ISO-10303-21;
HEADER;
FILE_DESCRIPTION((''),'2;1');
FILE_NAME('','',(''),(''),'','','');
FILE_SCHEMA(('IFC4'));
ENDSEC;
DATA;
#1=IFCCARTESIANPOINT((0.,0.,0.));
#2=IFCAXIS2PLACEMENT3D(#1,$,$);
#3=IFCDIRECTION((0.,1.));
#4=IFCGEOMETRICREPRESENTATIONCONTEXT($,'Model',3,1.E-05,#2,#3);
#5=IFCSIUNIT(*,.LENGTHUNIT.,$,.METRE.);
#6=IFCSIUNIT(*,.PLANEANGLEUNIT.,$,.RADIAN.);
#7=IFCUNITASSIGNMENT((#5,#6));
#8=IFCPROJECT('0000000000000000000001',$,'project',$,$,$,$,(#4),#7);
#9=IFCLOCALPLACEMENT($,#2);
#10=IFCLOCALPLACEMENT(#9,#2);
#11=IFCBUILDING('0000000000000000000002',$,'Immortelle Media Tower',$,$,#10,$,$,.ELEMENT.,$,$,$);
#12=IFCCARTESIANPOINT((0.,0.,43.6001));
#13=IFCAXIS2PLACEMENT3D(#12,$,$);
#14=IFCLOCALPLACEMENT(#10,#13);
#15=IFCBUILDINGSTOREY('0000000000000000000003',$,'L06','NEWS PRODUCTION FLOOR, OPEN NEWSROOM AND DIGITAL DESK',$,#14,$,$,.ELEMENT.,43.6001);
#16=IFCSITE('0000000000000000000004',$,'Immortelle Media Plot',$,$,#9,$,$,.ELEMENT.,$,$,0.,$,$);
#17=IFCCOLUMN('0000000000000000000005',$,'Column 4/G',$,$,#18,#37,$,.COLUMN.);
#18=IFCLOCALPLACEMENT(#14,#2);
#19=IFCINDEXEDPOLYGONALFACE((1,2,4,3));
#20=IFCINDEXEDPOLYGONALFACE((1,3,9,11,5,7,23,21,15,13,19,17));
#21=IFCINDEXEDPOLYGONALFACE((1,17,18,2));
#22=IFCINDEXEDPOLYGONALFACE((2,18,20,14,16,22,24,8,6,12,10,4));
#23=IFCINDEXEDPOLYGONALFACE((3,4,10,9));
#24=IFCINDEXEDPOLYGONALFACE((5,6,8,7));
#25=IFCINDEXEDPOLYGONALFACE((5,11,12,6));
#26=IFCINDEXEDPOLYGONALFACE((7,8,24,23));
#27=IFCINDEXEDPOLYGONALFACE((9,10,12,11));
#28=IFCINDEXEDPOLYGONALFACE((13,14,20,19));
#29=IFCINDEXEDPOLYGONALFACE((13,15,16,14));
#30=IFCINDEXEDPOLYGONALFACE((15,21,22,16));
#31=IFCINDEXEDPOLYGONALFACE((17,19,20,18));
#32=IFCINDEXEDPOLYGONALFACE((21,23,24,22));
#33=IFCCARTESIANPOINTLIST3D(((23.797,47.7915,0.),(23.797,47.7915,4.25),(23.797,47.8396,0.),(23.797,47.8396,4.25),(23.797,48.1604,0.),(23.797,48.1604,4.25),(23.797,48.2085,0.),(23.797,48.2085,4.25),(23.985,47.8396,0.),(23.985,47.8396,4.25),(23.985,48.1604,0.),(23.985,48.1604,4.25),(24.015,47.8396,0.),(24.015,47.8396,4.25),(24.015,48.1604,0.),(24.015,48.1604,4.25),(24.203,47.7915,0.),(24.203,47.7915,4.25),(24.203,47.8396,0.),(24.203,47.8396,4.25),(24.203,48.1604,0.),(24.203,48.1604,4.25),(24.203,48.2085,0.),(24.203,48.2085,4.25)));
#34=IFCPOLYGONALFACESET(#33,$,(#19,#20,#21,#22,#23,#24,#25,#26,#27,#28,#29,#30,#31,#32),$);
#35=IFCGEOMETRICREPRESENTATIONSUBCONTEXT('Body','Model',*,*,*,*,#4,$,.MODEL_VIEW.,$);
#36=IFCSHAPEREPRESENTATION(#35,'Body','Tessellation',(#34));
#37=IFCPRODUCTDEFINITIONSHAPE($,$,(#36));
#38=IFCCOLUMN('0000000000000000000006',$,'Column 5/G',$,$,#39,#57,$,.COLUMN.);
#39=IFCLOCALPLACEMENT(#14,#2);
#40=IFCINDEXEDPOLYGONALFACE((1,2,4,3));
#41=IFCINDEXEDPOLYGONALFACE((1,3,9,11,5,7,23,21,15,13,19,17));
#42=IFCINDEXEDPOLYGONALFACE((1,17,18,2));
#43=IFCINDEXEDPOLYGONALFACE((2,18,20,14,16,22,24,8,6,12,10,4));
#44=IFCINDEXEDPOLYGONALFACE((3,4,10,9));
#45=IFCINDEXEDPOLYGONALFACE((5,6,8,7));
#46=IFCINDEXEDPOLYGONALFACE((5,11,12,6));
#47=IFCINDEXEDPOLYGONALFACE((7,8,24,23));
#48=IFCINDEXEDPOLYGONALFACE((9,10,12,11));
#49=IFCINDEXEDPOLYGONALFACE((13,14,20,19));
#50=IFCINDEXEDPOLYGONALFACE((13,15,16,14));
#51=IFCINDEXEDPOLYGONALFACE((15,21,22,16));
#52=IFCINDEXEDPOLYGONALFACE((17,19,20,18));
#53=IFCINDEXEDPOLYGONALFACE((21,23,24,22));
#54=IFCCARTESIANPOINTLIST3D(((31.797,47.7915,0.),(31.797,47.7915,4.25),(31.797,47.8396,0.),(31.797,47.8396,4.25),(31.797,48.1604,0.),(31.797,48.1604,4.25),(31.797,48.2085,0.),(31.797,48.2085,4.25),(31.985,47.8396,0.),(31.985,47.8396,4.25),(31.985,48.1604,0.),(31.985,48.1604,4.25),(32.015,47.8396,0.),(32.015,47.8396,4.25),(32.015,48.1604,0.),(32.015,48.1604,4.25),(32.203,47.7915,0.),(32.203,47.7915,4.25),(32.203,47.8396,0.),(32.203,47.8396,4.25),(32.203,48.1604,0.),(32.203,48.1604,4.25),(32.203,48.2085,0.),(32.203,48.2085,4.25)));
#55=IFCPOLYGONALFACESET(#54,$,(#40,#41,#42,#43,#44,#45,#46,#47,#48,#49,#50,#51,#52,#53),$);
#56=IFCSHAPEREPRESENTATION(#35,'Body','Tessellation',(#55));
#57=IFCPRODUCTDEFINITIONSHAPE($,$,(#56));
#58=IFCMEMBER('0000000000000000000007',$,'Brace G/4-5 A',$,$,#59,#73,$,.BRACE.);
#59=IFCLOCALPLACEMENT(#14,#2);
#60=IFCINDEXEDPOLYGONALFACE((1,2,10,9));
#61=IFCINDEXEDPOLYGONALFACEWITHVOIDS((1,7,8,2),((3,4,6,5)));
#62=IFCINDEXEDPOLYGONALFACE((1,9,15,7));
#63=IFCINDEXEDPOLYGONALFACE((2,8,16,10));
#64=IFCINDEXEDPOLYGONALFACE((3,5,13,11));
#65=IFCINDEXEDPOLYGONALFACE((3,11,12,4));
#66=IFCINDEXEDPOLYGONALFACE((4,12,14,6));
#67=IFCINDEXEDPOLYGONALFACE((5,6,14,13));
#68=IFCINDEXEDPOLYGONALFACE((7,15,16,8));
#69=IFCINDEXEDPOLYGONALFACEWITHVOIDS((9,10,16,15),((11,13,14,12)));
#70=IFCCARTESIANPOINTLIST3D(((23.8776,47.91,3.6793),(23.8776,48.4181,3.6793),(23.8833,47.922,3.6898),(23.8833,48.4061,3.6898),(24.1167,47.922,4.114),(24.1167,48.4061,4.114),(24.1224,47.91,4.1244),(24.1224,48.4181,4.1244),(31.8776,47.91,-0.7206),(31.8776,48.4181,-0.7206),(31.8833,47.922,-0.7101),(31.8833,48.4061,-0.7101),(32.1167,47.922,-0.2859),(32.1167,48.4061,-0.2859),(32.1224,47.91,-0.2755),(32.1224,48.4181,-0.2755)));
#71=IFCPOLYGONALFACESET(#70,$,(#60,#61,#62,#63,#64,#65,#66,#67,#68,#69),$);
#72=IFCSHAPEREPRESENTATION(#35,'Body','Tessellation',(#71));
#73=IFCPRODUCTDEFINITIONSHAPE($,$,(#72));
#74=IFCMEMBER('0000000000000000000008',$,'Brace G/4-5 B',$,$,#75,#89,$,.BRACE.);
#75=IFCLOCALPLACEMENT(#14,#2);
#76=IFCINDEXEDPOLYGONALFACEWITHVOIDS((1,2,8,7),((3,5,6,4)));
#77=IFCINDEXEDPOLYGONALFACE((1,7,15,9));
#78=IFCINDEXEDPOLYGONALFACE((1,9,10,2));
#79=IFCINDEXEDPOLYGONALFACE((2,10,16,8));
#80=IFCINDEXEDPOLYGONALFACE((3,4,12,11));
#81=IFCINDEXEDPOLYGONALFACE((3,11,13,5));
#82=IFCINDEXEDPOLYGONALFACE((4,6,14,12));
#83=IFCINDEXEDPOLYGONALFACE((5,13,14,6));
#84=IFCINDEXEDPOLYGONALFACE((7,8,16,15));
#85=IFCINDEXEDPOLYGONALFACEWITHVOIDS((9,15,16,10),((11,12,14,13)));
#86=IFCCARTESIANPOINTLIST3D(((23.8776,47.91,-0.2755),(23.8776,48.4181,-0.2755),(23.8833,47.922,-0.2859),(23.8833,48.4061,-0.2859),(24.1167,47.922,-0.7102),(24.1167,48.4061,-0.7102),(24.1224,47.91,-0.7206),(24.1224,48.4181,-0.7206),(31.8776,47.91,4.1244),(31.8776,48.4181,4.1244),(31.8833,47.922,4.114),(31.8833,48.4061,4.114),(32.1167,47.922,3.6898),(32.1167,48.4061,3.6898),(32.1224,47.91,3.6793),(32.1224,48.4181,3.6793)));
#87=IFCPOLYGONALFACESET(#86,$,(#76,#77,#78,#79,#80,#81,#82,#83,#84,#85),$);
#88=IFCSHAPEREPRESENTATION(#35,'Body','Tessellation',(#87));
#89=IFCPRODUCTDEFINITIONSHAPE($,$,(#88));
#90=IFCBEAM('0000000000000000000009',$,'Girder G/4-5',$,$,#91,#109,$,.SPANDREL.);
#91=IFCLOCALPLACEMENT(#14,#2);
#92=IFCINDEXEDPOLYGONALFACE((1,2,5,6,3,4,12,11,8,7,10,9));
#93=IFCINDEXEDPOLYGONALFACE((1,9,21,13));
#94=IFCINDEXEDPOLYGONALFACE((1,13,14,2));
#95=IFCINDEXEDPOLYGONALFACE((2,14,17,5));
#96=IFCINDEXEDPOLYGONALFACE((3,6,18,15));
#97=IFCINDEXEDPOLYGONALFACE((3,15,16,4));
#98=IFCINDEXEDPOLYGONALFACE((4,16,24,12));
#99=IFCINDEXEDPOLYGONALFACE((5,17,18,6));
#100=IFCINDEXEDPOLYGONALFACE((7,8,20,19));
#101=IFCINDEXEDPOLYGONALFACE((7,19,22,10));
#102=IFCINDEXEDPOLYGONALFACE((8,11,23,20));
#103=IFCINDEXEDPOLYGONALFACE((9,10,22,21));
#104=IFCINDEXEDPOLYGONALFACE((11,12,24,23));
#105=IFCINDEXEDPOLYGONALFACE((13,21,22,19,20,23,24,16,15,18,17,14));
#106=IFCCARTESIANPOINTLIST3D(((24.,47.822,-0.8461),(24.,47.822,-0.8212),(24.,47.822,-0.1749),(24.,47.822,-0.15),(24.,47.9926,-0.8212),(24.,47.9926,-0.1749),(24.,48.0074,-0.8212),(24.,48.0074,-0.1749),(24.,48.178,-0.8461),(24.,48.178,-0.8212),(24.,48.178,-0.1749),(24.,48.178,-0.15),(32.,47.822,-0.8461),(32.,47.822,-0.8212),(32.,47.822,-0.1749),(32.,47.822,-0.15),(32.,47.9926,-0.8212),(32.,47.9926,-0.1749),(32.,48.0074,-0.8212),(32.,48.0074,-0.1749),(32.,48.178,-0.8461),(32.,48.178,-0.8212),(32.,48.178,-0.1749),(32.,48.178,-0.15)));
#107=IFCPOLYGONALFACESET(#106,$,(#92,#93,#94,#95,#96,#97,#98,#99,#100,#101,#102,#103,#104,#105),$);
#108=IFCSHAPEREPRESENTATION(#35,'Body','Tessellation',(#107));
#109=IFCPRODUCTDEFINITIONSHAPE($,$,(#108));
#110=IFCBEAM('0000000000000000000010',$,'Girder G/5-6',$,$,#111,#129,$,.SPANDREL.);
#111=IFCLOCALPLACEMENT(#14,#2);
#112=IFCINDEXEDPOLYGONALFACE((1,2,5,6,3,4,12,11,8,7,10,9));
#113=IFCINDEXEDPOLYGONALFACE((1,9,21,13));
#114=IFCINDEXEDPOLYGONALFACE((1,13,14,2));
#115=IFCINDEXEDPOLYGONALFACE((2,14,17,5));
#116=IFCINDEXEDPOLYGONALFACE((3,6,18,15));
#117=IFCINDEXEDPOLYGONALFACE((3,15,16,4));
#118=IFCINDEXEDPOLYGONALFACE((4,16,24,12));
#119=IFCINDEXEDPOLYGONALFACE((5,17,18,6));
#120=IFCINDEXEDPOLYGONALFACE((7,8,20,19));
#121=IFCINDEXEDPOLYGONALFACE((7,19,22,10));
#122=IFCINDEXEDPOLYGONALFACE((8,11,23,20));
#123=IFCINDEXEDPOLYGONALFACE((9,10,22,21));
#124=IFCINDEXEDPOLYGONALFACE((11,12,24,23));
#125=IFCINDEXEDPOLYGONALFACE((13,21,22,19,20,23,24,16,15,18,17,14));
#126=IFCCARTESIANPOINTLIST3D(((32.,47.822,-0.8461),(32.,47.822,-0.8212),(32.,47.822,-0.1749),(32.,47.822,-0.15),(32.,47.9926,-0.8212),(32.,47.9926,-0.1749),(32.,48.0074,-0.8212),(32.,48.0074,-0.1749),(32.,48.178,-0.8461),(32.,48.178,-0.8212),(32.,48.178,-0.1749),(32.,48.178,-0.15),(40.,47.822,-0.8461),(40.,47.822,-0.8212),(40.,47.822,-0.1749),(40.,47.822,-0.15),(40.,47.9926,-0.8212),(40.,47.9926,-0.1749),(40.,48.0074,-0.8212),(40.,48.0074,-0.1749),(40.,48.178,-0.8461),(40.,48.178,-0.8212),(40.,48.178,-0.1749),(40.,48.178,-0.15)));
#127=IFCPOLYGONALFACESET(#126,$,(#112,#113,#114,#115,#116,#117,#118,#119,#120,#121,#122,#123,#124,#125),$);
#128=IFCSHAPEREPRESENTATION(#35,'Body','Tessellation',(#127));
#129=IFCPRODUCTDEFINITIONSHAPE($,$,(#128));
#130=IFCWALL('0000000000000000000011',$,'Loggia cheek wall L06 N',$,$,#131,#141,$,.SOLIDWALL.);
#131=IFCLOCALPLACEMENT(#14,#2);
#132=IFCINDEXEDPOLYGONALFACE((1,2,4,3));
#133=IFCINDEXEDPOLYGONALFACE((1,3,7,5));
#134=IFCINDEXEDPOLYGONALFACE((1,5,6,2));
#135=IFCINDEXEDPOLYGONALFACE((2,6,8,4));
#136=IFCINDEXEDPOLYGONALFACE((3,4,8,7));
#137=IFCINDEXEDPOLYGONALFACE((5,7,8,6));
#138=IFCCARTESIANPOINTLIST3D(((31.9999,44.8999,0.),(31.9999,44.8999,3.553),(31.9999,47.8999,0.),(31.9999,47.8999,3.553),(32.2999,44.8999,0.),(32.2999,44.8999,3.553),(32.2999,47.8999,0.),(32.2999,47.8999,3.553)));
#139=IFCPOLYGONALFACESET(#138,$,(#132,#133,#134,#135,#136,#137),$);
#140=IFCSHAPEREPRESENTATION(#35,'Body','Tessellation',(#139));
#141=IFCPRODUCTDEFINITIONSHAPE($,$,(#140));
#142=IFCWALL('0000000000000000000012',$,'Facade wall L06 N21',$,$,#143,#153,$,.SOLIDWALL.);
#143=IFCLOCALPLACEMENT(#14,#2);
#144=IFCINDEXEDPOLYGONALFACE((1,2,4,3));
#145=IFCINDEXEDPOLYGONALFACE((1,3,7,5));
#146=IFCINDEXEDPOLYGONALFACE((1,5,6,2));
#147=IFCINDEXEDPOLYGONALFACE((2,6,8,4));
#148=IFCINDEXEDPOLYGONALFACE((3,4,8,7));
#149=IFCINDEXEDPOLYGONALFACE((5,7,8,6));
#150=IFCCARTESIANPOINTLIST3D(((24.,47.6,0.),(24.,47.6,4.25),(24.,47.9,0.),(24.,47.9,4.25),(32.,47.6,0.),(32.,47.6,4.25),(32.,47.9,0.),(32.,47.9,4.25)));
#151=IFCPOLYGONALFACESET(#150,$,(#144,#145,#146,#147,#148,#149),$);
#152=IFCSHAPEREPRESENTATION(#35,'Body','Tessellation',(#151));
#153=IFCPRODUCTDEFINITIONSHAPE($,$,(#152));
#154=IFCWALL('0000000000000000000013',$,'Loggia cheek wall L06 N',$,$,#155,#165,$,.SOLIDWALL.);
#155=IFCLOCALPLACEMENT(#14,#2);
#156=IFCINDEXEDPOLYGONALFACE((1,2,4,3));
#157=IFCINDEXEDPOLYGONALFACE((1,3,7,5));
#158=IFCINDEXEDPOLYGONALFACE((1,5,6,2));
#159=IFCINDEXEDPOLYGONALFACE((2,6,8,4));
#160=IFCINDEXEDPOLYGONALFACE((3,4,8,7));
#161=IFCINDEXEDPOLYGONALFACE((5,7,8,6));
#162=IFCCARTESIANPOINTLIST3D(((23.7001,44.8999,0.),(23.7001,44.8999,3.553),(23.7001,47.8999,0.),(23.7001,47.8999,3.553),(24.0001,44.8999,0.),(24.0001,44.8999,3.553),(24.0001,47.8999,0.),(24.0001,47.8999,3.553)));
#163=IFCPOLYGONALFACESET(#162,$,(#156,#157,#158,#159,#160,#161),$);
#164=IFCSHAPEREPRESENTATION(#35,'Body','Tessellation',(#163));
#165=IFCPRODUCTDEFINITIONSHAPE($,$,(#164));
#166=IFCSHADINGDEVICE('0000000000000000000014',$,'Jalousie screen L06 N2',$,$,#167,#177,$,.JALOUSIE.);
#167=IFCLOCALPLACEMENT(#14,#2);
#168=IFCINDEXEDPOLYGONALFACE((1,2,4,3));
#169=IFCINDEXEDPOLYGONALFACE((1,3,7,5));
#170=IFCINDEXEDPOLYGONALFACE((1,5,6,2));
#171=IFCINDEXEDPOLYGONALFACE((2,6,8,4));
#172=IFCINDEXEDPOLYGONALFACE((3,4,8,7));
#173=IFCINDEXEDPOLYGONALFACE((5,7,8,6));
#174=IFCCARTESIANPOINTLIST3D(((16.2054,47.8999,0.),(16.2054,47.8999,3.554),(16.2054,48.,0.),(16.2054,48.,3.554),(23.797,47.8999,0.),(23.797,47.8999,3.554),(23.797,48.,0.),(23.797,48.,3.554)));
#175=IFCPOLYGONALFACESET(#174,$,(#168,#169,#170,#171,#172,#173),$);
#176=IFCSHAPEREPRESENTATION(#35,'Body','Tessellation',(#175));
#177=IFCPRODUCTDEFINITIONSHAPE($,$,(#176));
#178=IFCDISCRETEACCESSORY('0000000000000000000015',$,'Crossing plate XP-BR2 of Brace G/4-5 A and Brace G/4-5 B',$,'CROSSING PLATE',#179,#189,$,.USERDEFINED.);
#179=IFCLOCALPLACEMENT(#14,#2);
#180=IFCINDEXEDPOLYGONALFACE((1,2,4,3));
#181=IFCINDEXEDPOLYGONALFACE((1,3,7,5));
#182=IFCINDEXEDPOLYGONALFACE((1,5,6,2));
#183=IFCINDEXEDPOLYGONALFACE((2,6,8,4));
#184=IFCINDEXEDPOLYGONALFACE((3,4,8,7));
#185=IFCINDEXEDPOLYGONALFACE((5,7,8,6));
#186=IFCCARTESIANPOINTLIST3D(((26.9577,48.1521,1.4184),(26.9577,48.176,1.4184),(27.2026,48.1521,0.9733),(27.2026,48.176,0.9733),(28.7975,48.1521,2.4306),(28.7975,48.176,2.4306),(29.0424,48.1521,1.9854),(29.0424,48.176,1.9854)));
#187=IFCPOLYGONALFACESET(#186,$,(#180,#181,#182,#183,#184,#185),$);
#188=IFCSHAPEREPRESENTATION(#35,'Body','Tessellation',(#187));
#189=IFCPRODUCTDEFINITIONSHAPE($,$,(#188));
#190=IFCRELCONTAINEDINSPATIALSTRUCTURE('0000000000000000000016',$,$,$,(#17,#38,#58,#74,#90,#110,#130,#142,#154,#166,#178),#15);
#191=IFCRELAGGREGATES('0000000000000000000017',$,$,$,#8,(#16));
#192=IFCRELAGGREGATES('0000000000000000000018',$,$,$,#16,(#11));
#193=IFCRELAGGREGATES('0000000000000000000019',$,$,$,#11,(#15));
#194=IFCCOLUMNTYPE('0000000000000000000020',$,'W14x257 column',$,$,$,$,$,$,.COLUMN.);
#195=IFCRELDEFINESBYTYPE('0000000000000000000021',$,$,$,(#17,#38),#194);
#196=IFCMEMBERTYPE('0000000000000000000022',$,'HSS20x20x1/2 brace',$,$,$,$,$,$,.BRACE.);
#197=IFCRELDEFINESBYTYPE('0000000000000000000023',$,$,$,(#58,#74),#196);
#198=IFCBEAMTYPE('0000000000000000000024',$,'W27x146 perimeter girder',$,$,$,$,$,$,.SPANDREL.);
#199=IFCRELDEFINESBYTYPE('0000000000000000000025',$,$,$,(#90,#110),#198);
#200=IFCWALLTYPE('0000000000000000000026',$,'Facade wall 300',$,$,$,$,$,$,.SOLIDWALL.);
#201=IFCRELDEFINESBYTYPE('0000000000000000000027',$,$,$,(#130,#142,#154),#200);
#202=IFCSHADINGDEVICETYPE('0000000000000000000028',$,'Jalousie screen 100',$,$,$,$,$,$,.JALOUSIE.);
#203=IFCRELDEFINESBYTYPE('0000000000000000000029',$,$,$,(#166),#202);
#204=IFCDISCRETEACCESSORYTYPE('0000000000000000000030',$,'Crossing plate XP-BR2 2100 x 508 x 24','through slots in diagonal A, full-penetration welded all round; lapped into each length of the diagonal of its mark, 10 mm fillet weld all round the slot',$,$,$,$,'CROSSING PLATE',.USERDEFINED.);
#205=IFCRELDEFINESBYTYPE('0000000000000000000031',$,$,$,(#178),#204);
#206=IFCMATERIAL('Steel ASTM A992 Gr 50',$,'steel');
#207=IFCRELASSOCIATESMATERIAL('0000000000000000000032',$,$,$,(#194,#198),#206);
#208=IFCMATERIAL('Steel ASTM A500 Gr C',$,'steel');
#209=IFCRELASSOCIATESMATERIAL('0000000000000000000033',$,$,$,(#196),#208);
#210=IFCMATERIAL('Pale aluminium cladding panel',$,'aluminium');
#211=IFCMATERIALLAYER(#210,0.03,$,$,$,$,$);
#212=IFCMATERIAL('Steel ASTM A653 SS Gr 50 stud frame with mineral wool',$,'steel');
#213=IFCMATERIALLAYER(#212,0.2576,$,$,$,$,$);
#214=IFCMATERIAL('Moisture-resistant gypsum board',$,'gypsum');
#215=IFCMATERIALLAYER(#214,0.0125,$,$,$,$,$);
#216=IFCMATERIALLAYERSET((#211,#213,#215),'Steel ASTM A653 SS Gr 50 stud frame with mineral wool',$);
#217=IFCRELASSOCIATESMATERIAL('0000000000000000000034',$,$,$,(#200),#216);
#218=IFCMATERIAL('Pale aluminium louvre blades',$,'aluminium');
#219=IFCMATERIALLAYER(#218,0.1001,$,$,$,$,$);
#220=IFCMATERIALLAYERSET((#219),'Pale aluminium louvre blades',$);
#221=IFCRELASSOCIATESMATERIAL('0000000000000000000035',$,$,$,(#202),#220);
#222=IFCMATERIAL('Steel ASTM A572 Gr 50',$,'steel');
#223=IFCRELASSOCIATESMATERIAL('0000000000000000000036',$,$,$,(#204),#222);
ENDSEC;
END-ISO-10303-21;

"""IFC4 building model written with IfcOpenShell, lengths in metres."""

from ifc_helpers import new_model, si_unit, direction, frame, frame_2d, origin, origin_2d, place, context, subcontext, project, spatial, rectangle, hollow_rectangle, i_section, extrude, material, layer, layer_set, material_profile, profile_set, type_object, element, save


model = new_model("IFC4")

# Units and contexts
model_context = context("Model", 3, precision=1e-05, world=origin(), true_north=direction((0.0, 1.0)))
body_context = subcontext(model_context, "Body", "Model", "MODEL_VIEW")
ifc_project = project(units=[si_unit("LENGTHUNIT", "METRE"), si_unit("PLANEANGLEUNIT", "RADIAN")], contexts=[model_context])

# Site, building, storey
site_placement = place(None, origin())
site = spatial("IfcSite", under=ifc_project, at=site_placement, Name="Immortelle Media Plot", CompositionType="ELEMENT", RefElevation=0.0)
building_placement = place(site_placement, origin())
building = spatial("IfcBuilding", under=site, at=building_placement, Name="Immortelle Media Tower", CompositionType="ELEMENT")
storey_placement = place(building_placement, frame((0.0, 0.0, 43.6001)))
storey = spatial("IfcBuildingStorey", under=building, at=storey_placement, Name="L06", Description="NEWS PRODUCTION FLOOR, OPEN NEWSROOM AND DIGITAL DESK", CompositionType="ELEMENT", Elevation=43.6001)

# Columns
ifc_material_1 = material(Name="Steel ASTM A992 Gr 50", Category="steel")
ifc_material_profile_1 = material_profile(ifc_material_1, i_section(OverallWidth=0.406, OverallDepth=0.417, WebThickness=0.03, FlangeThickness=0.0481, at=origin_2d()), Name="W14x257")
ifc_profile_set_1 = profile_set([ifc_material_profile_1], Name="Steel ASTM A992 Gr 50")
column_type = type_object("IfcColumnType", Name="W14x257 column", PredefinedType="COLUMN", material=ifc_profile_set_1)
for number, where, z_axis, x_axis, name in (
    (1, (24.0, 48.0, 0.0), (0.0, 0.0, 1.0), (1.0, 0.0, 0.0), "Column 4/G"),
    (2, (32.0, 48.0, 0.0), (0.0, 0.0, 1.0), (1.0, 0.0, 0.0), "Column 5/G"),
):
    element("IfcColumn", number, at=place(storey_placement, frame(where, z_axis=z_axis, x_axis=x_axis)), inside=storey, type_object=column_type, Name=name, PredefinedType="COLUMN", context=body_context, shape_type="SweptSolid", body=[
        extrude(i_section(OverallWidth=0.406, OverallDepth=0.417, WebThickness=0.03, FlangeThickness=0.0481, at=origin_2d()), origin(), (0.0, 0.0, 1.0), 4.25),
    ])

# Members
ifc_material_2 = material(Name="Steel ASTM A500 Gr C", Category="steel")
ifc_material_profile_2 = material_profile(ifc_material_2, hollow_rectangle(XDim=0.5081, YDim=0.5081, WallThickness=0.012, at=origin_2d()), Name="HSS20x20x1/2 brace")
ifc_profile_set_2 = profile_set([ifc_material_profile_2], Name="Steel ASTM A500 Gr C")
member_type = type_object("IfcMemberType", Name="HSS20x20x1/2 brace", PredefinedType="BRACE", material=ifc_profile_set_2)
for number, where, z_axis, x_axis, name in (
    (3, (32.0, 48.1641, -0.498), (-0.87622, 0.0, 0.481911), (0.0, -1.0, 0.0), "Brace G/4-5 A"),
    (4, (32.0, 48.1641, 3.9019), (-0.87622, 0.0, -0.481911), (0.0, -1.0, 0.0), "Brace G/4-5 B"),
):
    element("IfcMember", number, at=place(storey_placement, frame(where, z_axis=z_axis, x_axis=x_axis)), inside=storey, type_object=member_type, Name=name, PredefinedType="BRACE", context=body_context, shape_type="SweptSolid", body=[
        extrude(hollow_rectangle(XDim=0.5081, YDim=0.5081, WallThickness=0.012, at=origin_2d()), origin(), (0.0, 0.0, 1.0), 9.1301),
    ])

# Beams
ifc_material_profile_3 = material_profile(ifc_material_1, i_section(OverallWidth=0.356, OverallDepth=0.696, WebThickness=0.0149, FlangeThickness=0.0249, at=origin_2d()), Name="W27x146")
ifc_profile_set_3 = profile_set([ifc_material_profile_3], Name="Steel ASTM A992 Gr 50")
beam_type = type_object("IfcBeamType", Name="W27x146 perimeter girder", PredefinedType="SPANDREL", material=ifc_profile_set_3)
for number, where, z_axis, x_axis, name in (
    (5, (24.0, 48.0, -0.498), (1.0, 0.0, 0.0), (0.0, 1.0, 0.0), "Girder G/4-5"),
    (6, (32.0, 48.0, -0.498), (1.0, 0.0, 0.0), (0.0, 1.0, 0.0), "Girder G/5-6"),
):
    element("IfcBeam", number, at=place(storey_placement, frame(where, z_axis=z_axis, x_axis=x_axis)), inside=storey, type_object=beam_type, Name=name, PredefinedType="SPANDREL", context=body_context, shape_type="SweptSolid", body=[
        extrude(i_section(OverallWidth=0.356, OverallDepth=0.696, WebThickness=0.0149, FlangeThickness=0.0249, at=origin_2d()), origin(), (0.0, 0.0, 1.0), 8.0),
    ])

# Walls
ifc_material_3 = material(Name="Pale aluminium cladding panel", Category="aluminium")
ifc_layer_1 = layer(ifc_material_3, 0.03)
ifc_material_4 = material(Name="Steel ASTM A653 SS Gr 50 stud frame with mineral wool", Category="steel")
ifc_layer_2 = layer(ifc_material_4, 0.2576)
ifc_material_5 = material(Name="Moisture-resistant gypsum board", Category="gypsum")
ifc_layer_3 = layer(ifc_material_5, 0.0125)
ifc_layer_set_1 = layer_set([ifc_layer_1, ifc_layer_2, ifc_layer_3], Name="Steel ASTM A653 SS Gr 50 stud frame with mineral wool")
wall_type = type_object("IfcWallType", Name="Facade wall 300", PredefinedType="SOLIDWALL", material=ifc_layer_set_1)
wall_1_placement = place(storey_placement, frame((32.1499, 47.8999, 0.0), z_axis=(0.0, 0.0, 1.0), x_axis=(0.0, -1.0, 0.0)))
element("IfcWall", 7, at=wall_1_placement, inside=storey, type_object=wall_type, Name="Loggia cheek wall L06 N", PredefinedType="SOLIDWALL", context=body_context, shape_type="SweptSolid", body=[
    extrude(rectangle(XDim=3.0, YDim=0.3, at=frame_2d((1.5, 0.0))), origin(), (0.0, 0.0, 1.0), 3.553),
])
wall_2_placement = place(storey_placement, frame((32.0, 47.75, 0.0), z_axis=(0.0, 0.0, 1.0), x_axis=(-1.0, 0.0, 0.0)))
element("IfcWall", 8, at=wall_2_placement, inside=storey, type_object=wall_type, Name="Facade wall L06 N21", PredefinedType="SOLIDWALL", context=body_context, shape_type="SweptSolid", body=[
    extrude(rectangle(XDim=8.0, YDim=0.3, at=frame_2d((4.0, 0.0))), origin(), (0.0, 0.0, 1.0), 4.25),
])
wall_3_placement = place(storey_placement, frame((23.8501, 47.8999, 0.0), z_axis=(0.0, 0.0, 1.0), x_axis=(0.0, -1.0, 0.0)))
element("IfcWall", 9, at=wall_3_placement, inside=storey, type_object=wall_type, Name="Loggia cheek wall L06 N", PredefinedType="SOLIDWALL", context=body_context, shape_type="SweptSolid", body=[
    extrude(rectangle(XDim=3.0, YDim=0.3, at=frame_2d((1.5, 0.0))), origin(), (0.0, 0.0, 1.0), 3.553),
])

# Shading device
ifc_material_6 = material(Name="Pale aluminium louvre blades", Category="aluminium")
ifc_layer_4 = layer(ifc_material_6, 0.1001)
ifc_layer_set_2 = layer_set([ifc_layer_4], Name="Pale aluminium louvre blades")
shading_device_type = type_object("IfcShadingDeviceType", Name="Jalousie screen 100", PredefinedType="JALOUSIE", material=ifc_layer_set_2)
shading_device_placement = place(storey_placement, frame((20.0012, 47.95, 0.0), z_axis=(0.0, 0.0, 1.0), x_axis=(-1.0, 0.0, 0.0)))
element("IfcShadingDevice", 10, at=shading_device_placement, inside=storey, type_object=shading_device_type, Name="Jalousie screen L06 N2", PredefinedType="JALOUSIE", context=body_context, shape_type="SweptSolid", body=[
    extrude(rectangle(XDim=7.5916, YDim=0.1001, at=origin_2d()), origin(), (0.0, 0.0, 1.0), 3.554),
])

# Discrete accessory
ifc_material_7 = material(Name="Steel ASTM A572 Gr 50", Category="steel")
ifc_material_profile_4 = material_profile(ifc_material_7, rectangle(XDim=0.0239, YDim=0.5081, at=origin_2d()), Name="PL 24 x 508")
ifc_profile_set_4 = profile_set([ifc_material_profile_4], Name="Steel ASTM A572 Gr 50")
discrete_accessory_type_1 = type_object("IfcDiscreteAccessoryType", Name="Crossing plate XP-BR2 2100 x 508 x 24", Description="through slots in diagonal A, full-penetration welded all round; lapped into each length of the diagonal of its mark, 10 mm fillet weld all round the slot", ElementType="CROSSING PLATE", PredefinedType="USERDEFINED", material=ifc_profile_set_4)
discrete_accessory_placement = place(storey_placement, frame((28.9199, 48.1641, 2.208), z_axis=(-0.876157, 0.0, -0.482026), x_axis=(0.0, -1.0, 0.0)))
element("IfcDiscreteAccessory", 11, at=discrete_accessory_placement, inside=storey, type_object=discrete_accessory_type_1, Name="Crossing plate XP-BR2 of Brace G/4-5 A and Brace G/4-5 B", ObjectType="CROSSING PLATE", PredefinedType="USERDEFINED", context=body_context, shape_type="SweptSolid", body=[
    extrude(rectangle(XDim=0.0239, YDim=0.5081, at=origin_2d()), origin(), (0.0, 0.0, 1.0), 2.0999),
])

save(model, "model.ifc")
